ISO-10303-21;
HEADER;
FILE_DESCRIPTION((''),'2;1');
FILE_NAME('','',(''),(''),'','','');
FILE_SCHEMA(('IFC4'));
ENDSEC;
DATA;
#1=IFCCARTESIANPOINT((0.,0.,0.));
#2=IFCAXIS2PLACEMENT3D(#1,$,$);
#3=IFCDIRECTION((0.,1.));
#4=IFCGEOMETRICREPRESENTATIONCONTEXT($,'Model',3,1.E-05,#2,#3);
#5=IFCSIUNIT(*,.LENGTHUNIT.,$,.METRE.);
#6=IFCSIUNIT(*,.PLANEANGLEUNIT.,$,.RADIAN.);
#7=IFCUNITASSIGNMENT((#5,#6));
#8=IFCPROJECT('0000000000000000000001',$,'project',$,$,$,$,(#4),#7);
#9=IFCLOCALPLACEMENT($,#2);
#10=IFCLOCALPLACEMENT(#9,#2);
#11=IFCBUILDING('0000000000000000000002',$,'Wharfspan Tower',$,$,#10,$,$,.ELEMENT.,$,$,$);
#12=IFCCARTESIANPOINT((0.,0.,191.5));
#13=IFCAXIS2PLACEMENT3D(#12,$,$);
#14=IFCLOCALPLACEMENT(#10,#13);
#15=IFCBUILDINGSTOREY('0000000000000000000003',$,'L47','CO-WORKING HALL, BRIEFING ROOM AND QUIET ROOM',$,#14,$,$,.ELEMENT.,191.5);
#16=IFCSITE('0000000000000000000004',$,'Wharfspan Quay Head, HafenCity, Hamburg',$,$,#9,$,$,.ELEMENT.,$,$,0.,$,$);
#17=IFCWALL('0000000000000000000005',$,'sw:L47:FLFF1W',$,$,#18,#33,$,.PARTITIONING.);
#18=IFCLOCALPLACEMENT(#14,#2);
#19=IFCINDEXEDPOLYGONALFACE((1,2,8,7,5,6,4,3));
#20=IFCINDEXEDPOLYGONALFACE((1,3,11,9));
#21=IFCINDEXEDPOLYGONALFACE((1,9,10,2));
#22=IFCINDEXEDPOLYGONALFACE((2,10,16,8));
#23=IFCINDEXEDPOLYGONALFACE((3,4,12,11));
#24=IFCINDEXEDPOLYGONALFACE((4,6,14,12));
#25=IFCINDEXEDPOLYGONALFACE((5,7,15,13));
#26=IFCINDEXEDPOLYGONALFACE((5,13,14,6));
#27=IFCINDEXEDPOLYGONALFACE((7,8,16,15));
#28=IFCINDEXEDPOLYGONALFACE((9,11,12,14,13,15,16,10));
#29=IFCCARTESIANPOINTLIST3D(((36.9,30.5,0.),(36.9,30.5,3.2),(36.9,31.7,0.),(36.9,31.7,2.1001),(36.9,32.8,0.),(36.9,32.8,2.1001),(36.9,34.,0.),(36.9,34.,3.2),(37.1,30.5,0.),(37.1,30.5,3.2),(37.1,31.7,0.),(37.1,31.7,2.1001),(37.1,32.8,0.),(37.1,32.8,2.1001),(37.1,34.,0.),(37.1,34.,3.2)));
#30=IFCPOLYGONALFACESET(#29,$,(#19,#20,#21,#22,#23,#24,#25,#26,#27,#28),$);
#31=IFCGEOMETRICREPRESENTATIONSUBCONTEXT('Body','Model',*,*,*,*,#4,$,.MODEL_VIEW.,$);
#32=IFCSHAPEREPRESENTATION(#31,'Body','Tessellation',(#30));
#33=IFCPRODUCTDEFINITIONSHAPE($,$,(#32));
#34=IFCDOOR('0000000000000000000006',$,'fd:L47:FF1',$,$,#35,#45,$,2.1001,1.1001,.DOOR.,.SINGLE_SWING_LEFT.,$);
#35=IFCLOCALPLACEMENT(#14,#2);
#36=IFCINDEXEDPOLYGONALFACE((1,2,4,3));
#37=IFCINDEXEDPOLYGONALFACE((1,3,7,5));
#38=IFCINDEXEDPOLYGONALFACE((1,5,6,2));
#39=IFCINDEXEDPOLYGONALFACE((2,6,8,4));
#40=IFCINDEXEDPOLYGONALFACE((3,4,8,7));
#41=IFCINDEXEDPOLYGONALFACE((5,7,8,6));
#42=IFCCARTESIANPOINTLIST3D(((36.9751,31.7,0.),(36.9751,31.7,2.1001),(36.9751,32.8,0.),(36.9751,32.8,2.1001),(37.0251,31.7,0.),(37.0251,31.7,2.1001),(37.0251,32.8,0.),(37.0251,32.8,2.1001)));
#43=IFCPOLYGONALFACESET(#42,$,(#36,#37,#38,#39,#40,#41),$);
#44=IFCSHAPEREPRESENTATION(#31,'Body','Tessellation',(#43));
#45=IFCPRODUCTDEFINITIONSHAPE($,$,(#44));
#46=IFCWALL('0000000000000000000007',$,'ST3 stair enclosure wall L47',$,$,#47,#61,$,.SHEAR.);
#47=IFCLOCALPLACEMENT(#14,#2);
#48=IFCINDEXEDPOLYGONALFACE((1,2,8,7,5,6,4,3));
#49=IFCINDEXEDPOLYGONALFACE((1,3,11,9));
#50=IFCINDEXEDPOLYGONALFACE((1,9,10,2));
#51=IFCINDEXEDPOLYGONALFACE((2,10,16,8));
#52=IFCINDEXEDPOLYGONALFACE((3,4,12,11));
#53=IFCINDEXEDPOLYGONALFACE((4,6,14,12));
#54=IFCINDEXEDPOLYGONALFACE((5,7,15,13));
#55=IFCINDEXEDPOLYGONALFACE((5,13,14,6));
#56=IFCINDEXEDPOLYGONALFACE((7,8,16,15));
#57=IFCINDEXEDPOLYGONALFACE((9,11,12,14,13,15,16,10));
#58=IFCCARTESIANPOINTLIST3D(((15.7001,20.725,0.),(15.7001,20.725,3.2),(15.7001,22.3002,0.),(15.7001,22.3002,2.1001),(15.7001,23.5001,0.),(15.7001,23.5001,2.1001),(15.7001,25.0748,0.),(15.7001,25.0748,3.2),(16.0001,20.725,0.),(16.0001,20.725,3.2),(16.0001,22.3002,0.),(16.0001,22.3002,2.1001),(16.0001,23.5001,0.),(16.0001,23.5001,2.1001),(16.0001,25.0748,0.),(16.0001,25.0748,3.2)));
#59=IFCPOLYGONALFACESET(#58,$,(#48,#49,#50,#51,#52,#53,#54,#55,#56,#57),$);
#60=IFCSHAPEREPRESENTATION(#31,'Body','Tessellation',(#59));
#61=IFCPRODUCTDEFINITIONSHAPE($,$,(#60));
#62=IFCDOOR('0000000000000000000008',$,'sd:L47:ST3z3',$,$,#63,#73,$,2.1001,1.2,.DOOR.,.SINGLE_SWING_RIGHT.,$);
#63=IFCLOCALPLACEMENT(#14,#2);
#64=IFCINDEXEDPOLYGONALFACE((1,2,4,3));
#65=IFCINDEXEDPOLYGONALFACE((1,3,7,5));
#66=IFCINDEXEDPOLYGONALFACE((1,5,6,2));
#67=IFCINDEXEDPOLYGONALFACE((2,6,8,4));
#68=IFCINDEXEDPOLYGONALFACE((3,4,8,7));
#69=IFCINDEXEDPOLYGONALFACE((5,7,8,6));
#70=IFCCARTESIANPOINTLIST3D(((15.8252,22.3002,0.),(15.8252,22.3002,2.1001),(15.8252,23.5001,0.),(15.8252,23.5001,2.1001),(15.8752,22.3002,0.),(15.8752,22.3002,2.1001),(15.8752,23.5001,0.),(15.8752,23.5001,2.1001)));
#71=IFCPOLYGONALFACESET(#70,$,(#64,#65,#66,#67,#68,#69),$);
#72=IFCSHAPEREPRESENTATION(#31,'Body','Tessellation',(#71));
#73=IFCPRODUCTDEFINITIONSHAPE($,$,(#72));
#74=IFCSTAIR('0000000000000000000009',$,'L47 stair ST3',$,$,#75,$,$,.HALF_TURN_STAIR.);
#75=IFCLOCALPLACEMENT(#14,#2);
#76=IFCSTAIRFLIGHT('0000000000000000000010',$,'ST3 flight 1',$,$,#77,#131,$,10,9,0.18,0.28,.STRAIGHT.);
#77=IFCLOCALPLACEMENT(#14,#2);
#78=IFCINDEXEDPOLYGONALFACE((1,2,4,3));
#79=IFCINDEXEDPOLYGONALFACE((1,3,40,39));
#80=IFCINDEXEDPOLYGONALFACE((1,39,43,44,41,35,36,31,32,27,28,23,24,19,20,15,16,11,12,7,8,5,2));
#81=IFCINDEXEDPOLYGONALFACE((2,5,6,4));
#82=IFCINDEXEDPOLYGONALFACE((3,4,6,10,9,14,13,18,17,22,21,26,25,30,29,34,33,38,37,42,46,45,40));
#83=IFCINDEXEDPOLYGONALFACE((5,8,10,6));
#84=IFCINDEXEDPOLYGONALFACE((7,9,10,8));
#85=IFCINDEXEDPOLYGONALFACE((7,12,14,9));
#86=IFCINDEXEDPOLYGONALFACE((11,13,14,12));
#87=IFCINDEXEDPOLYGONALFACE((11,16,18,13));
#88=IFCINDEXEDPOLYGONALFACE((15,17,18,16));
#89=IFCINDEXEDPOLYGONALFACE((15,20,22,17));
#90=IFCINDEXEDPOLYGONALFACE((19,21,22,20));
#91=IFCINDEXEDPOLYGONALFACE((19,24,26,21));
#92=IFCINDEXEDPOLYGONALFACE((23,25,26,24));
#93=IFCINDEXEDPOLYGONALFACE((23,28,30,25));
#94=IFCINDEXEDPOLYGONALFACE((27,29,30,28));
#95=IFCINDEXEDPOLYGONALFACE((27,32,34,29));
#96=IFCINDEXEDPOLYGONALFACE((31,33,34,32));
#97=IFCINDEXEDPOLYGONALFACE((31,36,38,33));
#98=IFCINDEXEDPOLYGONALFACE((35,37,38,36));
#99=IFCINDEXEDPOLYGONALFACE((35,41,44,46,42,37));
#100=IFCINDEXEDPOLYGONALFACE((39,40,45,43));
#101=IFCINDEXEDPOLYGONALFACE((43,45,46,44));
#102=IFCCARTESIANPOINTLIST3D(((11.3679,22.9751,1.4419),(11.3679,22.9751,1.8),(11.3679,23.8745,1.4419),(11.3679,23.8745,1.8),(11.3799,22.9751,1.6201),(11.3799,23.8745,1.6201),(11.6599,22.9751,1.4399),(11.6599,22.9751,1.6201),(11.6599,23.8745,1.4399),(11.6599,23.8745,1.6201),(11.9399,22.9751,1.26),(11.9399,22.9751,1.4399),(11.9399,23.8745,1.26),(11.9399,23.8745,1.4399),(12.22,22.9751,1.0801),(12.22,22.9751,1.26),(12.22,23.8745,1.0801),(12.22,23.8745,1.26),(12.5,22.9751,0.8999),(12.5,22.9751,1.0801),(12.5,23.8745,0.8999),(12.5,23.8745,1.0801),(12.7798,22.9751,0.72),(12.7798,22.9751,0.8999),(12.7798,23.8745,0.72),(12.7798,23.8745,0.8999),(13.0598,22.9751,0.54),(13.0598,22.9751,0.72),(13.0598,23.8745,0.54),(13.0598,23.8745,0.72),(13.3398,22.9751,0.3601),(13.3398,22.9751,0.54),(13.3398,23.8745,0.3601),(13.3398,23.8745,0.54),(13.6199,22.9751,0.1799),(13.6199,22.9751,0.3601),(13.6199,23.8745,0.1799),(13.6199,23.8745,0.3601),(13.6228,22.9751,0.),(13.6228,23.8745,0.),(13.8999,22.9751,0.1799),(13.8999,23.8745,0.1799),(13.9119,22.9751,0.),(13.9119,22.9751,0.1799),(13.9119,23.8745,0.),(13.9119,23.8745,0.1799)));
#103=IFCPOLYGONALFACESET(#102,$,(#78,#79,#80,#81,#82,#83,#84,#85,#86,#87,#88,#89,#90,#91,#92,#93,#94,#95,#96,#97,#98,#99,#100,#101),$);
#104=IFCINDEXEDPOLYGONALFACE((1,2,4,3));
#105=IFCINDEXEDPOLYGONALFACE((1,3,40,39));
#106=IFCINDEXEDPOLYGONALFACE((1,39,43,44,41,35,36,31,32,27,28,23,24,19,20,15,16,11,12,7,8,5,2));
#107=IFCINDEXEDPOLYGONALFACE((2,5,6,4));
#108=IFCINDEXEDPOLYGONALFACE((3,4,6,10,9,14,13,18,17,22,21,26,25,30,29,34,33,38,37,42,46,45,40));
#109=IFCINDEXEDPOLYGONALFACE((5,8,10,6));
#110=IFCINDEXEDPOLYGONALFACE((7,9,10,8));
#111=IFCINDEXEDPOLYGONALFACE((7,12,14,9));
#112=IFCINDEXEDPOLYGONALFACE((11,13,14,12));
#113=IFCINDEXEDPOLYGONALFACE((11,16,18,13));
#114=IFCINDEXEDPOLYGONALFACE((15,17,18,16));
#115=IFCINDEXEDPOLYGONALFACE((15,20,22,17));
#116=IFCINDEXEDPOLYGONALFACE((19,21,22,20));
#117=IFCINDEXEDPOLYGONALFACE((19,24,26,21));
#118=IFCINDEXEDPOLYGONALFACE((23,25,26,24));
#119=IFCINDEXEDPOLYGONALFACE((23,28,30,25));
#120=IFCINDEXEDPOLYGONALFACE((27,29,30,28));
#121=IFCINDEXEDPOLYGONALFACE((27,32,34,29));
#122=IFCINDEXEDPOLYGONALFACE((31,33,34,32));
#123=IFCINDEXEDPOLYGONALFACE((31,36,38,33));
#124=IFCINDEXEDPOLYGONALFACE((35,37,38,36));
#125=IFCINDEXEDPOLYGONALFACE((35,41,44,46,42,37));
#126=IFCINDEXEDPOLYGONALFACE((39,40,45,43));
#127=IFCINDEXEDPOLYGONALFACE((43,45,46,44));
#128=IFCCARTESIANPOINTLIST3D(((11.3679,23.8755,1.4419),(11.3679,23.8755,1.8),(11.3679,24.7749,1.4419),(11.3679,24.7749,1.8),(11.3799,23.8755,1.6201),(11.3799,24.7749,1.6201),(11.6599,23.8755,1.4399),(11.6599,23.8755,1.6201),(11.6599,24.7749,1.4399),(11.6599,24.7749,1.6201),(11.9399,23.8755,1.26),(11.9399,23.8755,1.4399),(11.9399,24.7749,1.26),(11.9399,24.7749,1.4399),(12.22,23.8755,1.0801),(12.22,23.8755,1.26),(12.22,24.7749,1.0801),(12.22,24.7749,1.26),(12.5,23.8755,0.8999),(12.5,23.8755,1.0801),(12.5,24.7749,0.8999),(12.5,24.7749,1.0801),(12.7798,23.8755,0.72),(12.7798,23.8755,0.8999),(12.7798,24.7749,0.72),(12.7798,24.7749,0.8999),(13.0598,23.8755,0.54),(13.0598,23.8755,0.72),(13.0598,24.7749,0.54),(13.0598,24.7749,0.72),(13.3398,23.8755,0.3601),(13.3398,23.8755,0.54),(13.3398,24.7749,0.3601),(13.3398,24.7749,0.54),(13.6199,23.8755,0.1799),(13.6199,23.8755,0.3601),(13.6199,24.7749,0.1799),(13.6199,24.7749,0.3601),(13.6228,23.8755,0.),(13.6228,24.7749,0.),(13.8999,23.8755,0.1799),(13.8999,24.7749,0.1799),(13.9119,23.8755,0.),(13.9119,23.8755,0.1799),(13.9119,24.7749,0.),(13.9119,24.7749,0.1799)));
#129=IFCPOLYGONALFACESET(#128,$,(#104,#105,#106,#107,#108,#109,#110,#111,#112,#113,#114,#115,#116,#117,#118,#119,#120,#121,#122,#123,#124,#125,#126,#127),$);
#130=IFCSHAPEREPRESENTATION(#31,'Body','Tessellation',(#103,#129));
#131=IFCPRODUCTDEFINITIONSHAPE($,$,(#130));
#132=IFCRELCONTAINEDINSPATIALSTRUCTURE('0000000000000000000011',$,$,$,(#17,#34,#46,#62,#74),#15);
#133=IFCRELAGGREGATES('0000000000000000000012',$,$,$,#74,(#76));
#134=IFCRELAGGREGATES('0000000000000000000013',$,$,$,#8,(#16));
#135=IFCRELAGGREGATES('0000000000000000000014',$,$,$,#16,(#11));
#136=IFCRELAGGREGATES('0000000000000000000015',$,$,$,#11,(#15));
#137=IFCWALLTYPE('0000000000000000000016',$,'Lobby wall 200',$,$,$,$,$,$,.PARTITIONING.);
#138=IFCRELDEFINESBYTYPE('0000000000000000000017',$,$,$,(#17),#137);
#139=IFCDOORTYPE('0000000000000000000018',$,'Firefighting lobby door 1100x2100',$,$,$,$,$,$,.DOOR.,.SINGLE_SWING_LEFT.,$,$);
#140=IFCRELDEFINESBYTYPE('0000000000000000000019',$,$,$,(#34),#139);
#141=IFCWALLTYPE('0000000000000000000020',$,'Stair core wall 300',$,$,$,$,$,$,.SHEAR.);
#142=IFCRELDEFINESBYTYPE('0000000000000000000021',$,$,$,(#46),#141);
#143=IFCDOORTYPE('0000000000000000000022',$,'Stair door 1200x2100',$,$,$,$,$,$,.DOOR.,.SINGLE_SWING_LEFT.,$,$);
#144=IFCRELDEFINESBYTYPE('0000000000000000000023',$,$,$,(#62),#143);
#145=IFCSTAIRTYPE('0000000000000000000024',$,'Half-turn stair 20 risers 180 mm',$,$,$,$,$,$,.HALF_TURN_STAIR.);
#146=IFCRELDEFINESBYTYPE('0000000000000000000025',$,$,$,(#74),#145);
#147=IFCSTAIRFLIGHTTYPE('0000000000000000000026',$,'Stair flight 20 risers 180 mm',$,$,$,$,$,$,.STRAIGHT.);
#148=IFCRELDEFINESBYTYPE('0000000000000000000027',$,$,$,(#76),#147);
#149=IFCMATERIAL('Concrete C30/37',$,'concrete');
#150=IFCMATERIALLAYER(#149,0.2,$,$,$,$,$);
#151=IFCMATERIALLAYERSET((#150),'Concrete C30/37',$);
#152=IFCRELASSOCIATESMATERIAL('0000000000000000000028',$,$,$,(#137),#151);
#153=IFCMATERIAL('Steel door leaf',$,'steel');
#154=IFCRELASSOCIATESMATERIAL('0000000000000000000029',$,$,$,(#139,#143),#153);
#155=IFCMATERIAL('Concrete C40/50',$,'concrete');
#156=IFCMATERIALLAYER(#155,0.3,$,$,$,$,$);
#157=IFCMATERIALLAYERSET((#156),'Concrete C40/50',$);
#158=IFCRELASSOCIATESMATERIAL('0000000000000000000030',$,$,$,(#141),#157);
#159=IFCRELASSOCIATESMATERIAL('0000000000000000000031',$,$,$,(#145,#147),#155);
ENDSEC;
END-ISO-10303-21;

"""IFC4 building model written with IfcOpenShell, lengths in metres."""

from ifc_helpers import new_model, si_unit, direction, frame, frame_2d, origin, place, context, subcontext, project, spatial, polyline, rectangle, outline, extrude, material, layer, layer_set, type_object, element, fill, aggregate, save


model = new_model("IFC4")

# Units and contexts
model_context = context("Model", 3, precision=1e-05, world=origin(), true_north=direction((0.0, 1.0)))
body_context = subcontext(model_context, "Body", "Model", "MODEL_VIEW")
ifc_project = project(units=[si_unit("LENGTHUNIT", "METRE"), si_unit("PLANEANGLEUNIT", "RADIAN")], contexts=[model_context])

# Site, building, storey
site_placement = place(None, origin())
site = spatial("IfcSite", under=ifc_project, at=site_placement, Name="Wharfspan Quay Head, HafenCity, Hamburg", CompositionType="ELEMENT", RefElevation=0.0)
building_placement = place(site_placement, origin())
building = spatial("IfcBuilding", under=site, at=building_placement, Name="Wharfspan Tower", CompositionType="ELEMENT")
storey_placement = place(building_placement, frame((0.0, 0.0, 191.5)))
storey = spatial("IfcBuildingStorey", under=building, at=storey_placement, Name="L47", Description="CO-WORKING HALL, BRIEFING ROOM AND QUIET ROOM", CompositionType="ELEMENT", Elevation=191.5)

# Walls, openings, doors
ifc_material_1 = material(Name="Concrete C30/37", Category="concrete")
ifc_layer_1 = layer(ifc_material_1, 0.2)
ifc_layer_set_1 = layer_set([ifc_layer_1], Name="Concrete C30/37")
wall_type_1 = type_object("IfcWallType", Name="Lobby wall 200", PredefinedType="PARTITIONING", material=ifc_layer_set_1)
wall_1_placement = place(storey_placement, frame((37.0, 30.5, 0.0), z_axis=(0.0, 0.0, 1.0), x_axis=(0.0, 1.0, 0.0)))
wall_1 = element("IfcWall", 1, at=wall_1_placement, inside=storey, type_object=wall_type_1, Name="sw:L47:FLFF1W", PredefinedType="PARTITIONING", context=body_context, shape_type="SweptSolid", body=[
    extrude(rectangle(XDim=3.5, YDim=0.2, at=frame_2d((1.75, 0.0))), origin(), (0.0, 0.0, 1.0), 3.2),
])
opening_1_placement = place(wall_1_placement, frame((1.2, 0.0, 0.0)))
opening_1 = element("IfcOpeningElement", 2, at=opening_1_placement, cuts=wall_1, PredefinedType="OPENING", context=body_context, shape_type="SweptSolid", body=[
    extrude(rectangle(XDim=1.1001, YDim=2.1001, at=frame_2d((0.55, 1.05))), frame((0.0, 0.1099, 0.0), z_axis=(0.0, -1.0, 0.0), x_axis=(1.0, 0.0, 0.0)), (0.0, 0.0, 1.0), 0.22),
])
ifc_material_2 = material(Name="Steel door leaf", Category="steel")
door_type_1 = type_object("IfcDoorType", Name="Firefighting lobby door 1100x2100", OperationType="SINGLE_SWING_LEFT", PredefinedType="DOOR", material=ifc_material_2)
door_1_placement = place(opening_1_placement, origin())
door_1 = element("IfcDoor", 3, at=door_1_placement, inside=storey, type_object=door_type_1, Name="fd:L47:FF1", OperationType="SINGLE_SWING_LEFT", OverallHeight=2.1001, OverallWidth=1.1001, PredefinedType="DOOR", context=body_context, shape_type="SweptSolid", body=[
    extrude(rectangle(XDim=1.1001, YDim=2.1001, at=frame_2d((0.55, 1.05))), frame((0.0, 0.0249, 0.0), z_axis=(0.0, -1.0, 0.0), x_axis=(1.0, 0.0, 0.0)), (0.0, 0.0, 1.0), 0.05),
])
fill(opening_1, door_1)
ifc_material_3 = material(Name="Concrete C40/50", Category="concrete")
ifc_layer_2 = layer(ifc_material_3, 0.3)
ifc_layer_set_2 = layer_set([ifc_layer_2], Name="Concrete C40/50")
wall_type_2 = type_object("IfcWallType", Name="Stair core wall 300", PredefinedType="SHEAR", material=ifc_layer_set_2)
wall_2_placement = place(storey_placement, frame((15.8501, 20.7251, 0.0), z_axis=(0.0, 0.0, 1.0), x_axis=(0.0, 1.0, 0.0)))
wall_2 = element("IfcWall", 4, at=wall_2_placement, inside=storey, type_object=wall_type_2, Name="ST3 stair enclosure wall L47", PredefinedType="SHEAR", context=body_context, shape_type="SweptSolid", body=[
    extrude(rectangle(XDim=4.3499, YDim=0.3, at=frame_2d((2.1748, 0.0))), origin(), (0.0, 0.0, 1.0), 3.2),
])
opening_2_placement = place(wall_2_placement, frame((1.575, 0.0, 0.0)))
opening_2 = element("IfcOpeningElement", 5, at=opening_2_placement, cuts=wall_2, PredefinedType="OPENING", context=body_context, shape_type="SweptSolid", body=[
    extrude(rectangle(XDim=1.2, YDim=2.1001, at=frame_2d((0.6001, 1.05))), frame((0.0, 0.1599, 0.0), z_axis=(0.0, -1.0, 0.0), x_axis=(1.0, 0.0, 0.0)), (0.0, 0.0, 1.0), 0.3201),
])
door_type_2 = type_object("IfcDoorType", Name="Stair door 1200x2100", OperationType="SINGLE_SWING_LEFT", PredefinedType="DOOR", material=ifc_material_2)
door_2_placement = place(opening_2_placement, origin())
door_2 = element("IfcDoor", 6, at=door_2_placement, inside=storey, type_object=door_type_2, Name="sd:L47:ST3z3", OperationType="SINGLE_SWING_RIGHT", OverallHeight=2.1001, OverallWidth=1.2, PredefinedType="DOOR", context=body_context, shape_type="SweptSolid", body=[
    extrude(rectangle(XDim=1.2, YDim=2.1001, at=frame_2d((0.6001, 1.05))), frame((0.0, 0.0249, 0.0), z_axis=(0.0, -1.0, 0.0), x_axis=(1.0, 0.0, 0.0)), (0.0, 0.0, 1.0), 0.05),
])
fill(opening_2, door_2)

# Stair, stair flight
stair_type = type_object("IfcStairType", Name="Half-turn stair 20 risers 180 mm", PredefinedType="HALF_TURN_STAIR", material=ifc_material_3)
stair_placement = place(storey_placement, origin())
stair = element("IfcStair", 7, at=stair_placement, inside=storey, type_object=stair_type, Name="L47 stair ST3", PredefinedType="HALF_TURN_STAIR")
stair_flight_type = type_object("IfcStairFlightType", Name="Stair flight 20 risers 180 mm", PredefinedType="STRAIGHT", material=ifc_material_3)
stair_flight_1_placement = place(storey_placement, frame((13.8999, 23.875, 0.0), z_axis=(0.0, 0.0, 1.0), x_axis=(-1.0, 0.0, 0.0)))
stair_flight_1 = element("IfcStairFlight", 8, at=stair_flight_1_placement, type_object=stair_flight_type, Name="ST3 flight 1", NumberOfRisers=10, NumberOfTreads=9, PredefinedType="STRAIGHT", RiserHeight=0.18, TreadLength=0.28, context=body_context, shape_type="SweptSolid", body=[
    extrude(outline(polyline([(-0.012, 0.0), (-0.012, 0.1799), (0.0, 0.1799), (0.28, 0.1799), (0.28, 0.3601), (0.5601, 0.3601), (0.5601, 0.54), (0.8401, 0.54), (0.8401, 0.72), (1.1201, 0.72), (1.1201, 0.8999), (1.3999, 0.8999), (1.3999, 1.0801), (1.6799, 1.0801), (1.6799, 1.26), (1.96, 1.26), (1.96, 1.4399), (2.24, 1.4399), (2.24, 1.6201), (2.52, 1.6201), (2.532, 1.8), (2.532, 1.4419), (0.2771, 0.0), (-0.012, 0.0)])), frame((0.0, 0.8999, 0.0), z_axis=(0.0, -1.0, 0.0), x_axis=(1.0, 0.0, 0.0)), (0.0, 0.0, 1.0), 0.8994),
    extrude(outline(polyline([(-0.012, 0.0), (-0.012, 0.1799), (0.0, 0.1799), (0.28, 0.1799), (0.28, 0.3601), (0.5601, 0.3601), (0.5601, 0.54), (0.8401, 0.54), (0.8401, 0.72), (1.1201, 0.72), (1.1201, 0.8999), (1.3999, 0.8999), (1.3999, 1.0801), (1.6799, 1.0801), (1.6799, 1.26), (1.96, 1.26), (1.96, 1.4399), (2.24, 1.4399), (2.24, 1.6201), (2.52, 1.6201), (2.532, 1.8), (2.532, 1.4419), (0.2771, 0.0), (-0.012, 0.0)])), frame((0.0, -0.0005, 0.0), z_axis=(0.0, -1.0, 0.0), x_axis=(1.0, 0.0, 0.0)), (0.0, 0.0, 1.0), 0.8994),
])
aggregate(stair, [stair_flight_1])

save(model, "model.ifc")
